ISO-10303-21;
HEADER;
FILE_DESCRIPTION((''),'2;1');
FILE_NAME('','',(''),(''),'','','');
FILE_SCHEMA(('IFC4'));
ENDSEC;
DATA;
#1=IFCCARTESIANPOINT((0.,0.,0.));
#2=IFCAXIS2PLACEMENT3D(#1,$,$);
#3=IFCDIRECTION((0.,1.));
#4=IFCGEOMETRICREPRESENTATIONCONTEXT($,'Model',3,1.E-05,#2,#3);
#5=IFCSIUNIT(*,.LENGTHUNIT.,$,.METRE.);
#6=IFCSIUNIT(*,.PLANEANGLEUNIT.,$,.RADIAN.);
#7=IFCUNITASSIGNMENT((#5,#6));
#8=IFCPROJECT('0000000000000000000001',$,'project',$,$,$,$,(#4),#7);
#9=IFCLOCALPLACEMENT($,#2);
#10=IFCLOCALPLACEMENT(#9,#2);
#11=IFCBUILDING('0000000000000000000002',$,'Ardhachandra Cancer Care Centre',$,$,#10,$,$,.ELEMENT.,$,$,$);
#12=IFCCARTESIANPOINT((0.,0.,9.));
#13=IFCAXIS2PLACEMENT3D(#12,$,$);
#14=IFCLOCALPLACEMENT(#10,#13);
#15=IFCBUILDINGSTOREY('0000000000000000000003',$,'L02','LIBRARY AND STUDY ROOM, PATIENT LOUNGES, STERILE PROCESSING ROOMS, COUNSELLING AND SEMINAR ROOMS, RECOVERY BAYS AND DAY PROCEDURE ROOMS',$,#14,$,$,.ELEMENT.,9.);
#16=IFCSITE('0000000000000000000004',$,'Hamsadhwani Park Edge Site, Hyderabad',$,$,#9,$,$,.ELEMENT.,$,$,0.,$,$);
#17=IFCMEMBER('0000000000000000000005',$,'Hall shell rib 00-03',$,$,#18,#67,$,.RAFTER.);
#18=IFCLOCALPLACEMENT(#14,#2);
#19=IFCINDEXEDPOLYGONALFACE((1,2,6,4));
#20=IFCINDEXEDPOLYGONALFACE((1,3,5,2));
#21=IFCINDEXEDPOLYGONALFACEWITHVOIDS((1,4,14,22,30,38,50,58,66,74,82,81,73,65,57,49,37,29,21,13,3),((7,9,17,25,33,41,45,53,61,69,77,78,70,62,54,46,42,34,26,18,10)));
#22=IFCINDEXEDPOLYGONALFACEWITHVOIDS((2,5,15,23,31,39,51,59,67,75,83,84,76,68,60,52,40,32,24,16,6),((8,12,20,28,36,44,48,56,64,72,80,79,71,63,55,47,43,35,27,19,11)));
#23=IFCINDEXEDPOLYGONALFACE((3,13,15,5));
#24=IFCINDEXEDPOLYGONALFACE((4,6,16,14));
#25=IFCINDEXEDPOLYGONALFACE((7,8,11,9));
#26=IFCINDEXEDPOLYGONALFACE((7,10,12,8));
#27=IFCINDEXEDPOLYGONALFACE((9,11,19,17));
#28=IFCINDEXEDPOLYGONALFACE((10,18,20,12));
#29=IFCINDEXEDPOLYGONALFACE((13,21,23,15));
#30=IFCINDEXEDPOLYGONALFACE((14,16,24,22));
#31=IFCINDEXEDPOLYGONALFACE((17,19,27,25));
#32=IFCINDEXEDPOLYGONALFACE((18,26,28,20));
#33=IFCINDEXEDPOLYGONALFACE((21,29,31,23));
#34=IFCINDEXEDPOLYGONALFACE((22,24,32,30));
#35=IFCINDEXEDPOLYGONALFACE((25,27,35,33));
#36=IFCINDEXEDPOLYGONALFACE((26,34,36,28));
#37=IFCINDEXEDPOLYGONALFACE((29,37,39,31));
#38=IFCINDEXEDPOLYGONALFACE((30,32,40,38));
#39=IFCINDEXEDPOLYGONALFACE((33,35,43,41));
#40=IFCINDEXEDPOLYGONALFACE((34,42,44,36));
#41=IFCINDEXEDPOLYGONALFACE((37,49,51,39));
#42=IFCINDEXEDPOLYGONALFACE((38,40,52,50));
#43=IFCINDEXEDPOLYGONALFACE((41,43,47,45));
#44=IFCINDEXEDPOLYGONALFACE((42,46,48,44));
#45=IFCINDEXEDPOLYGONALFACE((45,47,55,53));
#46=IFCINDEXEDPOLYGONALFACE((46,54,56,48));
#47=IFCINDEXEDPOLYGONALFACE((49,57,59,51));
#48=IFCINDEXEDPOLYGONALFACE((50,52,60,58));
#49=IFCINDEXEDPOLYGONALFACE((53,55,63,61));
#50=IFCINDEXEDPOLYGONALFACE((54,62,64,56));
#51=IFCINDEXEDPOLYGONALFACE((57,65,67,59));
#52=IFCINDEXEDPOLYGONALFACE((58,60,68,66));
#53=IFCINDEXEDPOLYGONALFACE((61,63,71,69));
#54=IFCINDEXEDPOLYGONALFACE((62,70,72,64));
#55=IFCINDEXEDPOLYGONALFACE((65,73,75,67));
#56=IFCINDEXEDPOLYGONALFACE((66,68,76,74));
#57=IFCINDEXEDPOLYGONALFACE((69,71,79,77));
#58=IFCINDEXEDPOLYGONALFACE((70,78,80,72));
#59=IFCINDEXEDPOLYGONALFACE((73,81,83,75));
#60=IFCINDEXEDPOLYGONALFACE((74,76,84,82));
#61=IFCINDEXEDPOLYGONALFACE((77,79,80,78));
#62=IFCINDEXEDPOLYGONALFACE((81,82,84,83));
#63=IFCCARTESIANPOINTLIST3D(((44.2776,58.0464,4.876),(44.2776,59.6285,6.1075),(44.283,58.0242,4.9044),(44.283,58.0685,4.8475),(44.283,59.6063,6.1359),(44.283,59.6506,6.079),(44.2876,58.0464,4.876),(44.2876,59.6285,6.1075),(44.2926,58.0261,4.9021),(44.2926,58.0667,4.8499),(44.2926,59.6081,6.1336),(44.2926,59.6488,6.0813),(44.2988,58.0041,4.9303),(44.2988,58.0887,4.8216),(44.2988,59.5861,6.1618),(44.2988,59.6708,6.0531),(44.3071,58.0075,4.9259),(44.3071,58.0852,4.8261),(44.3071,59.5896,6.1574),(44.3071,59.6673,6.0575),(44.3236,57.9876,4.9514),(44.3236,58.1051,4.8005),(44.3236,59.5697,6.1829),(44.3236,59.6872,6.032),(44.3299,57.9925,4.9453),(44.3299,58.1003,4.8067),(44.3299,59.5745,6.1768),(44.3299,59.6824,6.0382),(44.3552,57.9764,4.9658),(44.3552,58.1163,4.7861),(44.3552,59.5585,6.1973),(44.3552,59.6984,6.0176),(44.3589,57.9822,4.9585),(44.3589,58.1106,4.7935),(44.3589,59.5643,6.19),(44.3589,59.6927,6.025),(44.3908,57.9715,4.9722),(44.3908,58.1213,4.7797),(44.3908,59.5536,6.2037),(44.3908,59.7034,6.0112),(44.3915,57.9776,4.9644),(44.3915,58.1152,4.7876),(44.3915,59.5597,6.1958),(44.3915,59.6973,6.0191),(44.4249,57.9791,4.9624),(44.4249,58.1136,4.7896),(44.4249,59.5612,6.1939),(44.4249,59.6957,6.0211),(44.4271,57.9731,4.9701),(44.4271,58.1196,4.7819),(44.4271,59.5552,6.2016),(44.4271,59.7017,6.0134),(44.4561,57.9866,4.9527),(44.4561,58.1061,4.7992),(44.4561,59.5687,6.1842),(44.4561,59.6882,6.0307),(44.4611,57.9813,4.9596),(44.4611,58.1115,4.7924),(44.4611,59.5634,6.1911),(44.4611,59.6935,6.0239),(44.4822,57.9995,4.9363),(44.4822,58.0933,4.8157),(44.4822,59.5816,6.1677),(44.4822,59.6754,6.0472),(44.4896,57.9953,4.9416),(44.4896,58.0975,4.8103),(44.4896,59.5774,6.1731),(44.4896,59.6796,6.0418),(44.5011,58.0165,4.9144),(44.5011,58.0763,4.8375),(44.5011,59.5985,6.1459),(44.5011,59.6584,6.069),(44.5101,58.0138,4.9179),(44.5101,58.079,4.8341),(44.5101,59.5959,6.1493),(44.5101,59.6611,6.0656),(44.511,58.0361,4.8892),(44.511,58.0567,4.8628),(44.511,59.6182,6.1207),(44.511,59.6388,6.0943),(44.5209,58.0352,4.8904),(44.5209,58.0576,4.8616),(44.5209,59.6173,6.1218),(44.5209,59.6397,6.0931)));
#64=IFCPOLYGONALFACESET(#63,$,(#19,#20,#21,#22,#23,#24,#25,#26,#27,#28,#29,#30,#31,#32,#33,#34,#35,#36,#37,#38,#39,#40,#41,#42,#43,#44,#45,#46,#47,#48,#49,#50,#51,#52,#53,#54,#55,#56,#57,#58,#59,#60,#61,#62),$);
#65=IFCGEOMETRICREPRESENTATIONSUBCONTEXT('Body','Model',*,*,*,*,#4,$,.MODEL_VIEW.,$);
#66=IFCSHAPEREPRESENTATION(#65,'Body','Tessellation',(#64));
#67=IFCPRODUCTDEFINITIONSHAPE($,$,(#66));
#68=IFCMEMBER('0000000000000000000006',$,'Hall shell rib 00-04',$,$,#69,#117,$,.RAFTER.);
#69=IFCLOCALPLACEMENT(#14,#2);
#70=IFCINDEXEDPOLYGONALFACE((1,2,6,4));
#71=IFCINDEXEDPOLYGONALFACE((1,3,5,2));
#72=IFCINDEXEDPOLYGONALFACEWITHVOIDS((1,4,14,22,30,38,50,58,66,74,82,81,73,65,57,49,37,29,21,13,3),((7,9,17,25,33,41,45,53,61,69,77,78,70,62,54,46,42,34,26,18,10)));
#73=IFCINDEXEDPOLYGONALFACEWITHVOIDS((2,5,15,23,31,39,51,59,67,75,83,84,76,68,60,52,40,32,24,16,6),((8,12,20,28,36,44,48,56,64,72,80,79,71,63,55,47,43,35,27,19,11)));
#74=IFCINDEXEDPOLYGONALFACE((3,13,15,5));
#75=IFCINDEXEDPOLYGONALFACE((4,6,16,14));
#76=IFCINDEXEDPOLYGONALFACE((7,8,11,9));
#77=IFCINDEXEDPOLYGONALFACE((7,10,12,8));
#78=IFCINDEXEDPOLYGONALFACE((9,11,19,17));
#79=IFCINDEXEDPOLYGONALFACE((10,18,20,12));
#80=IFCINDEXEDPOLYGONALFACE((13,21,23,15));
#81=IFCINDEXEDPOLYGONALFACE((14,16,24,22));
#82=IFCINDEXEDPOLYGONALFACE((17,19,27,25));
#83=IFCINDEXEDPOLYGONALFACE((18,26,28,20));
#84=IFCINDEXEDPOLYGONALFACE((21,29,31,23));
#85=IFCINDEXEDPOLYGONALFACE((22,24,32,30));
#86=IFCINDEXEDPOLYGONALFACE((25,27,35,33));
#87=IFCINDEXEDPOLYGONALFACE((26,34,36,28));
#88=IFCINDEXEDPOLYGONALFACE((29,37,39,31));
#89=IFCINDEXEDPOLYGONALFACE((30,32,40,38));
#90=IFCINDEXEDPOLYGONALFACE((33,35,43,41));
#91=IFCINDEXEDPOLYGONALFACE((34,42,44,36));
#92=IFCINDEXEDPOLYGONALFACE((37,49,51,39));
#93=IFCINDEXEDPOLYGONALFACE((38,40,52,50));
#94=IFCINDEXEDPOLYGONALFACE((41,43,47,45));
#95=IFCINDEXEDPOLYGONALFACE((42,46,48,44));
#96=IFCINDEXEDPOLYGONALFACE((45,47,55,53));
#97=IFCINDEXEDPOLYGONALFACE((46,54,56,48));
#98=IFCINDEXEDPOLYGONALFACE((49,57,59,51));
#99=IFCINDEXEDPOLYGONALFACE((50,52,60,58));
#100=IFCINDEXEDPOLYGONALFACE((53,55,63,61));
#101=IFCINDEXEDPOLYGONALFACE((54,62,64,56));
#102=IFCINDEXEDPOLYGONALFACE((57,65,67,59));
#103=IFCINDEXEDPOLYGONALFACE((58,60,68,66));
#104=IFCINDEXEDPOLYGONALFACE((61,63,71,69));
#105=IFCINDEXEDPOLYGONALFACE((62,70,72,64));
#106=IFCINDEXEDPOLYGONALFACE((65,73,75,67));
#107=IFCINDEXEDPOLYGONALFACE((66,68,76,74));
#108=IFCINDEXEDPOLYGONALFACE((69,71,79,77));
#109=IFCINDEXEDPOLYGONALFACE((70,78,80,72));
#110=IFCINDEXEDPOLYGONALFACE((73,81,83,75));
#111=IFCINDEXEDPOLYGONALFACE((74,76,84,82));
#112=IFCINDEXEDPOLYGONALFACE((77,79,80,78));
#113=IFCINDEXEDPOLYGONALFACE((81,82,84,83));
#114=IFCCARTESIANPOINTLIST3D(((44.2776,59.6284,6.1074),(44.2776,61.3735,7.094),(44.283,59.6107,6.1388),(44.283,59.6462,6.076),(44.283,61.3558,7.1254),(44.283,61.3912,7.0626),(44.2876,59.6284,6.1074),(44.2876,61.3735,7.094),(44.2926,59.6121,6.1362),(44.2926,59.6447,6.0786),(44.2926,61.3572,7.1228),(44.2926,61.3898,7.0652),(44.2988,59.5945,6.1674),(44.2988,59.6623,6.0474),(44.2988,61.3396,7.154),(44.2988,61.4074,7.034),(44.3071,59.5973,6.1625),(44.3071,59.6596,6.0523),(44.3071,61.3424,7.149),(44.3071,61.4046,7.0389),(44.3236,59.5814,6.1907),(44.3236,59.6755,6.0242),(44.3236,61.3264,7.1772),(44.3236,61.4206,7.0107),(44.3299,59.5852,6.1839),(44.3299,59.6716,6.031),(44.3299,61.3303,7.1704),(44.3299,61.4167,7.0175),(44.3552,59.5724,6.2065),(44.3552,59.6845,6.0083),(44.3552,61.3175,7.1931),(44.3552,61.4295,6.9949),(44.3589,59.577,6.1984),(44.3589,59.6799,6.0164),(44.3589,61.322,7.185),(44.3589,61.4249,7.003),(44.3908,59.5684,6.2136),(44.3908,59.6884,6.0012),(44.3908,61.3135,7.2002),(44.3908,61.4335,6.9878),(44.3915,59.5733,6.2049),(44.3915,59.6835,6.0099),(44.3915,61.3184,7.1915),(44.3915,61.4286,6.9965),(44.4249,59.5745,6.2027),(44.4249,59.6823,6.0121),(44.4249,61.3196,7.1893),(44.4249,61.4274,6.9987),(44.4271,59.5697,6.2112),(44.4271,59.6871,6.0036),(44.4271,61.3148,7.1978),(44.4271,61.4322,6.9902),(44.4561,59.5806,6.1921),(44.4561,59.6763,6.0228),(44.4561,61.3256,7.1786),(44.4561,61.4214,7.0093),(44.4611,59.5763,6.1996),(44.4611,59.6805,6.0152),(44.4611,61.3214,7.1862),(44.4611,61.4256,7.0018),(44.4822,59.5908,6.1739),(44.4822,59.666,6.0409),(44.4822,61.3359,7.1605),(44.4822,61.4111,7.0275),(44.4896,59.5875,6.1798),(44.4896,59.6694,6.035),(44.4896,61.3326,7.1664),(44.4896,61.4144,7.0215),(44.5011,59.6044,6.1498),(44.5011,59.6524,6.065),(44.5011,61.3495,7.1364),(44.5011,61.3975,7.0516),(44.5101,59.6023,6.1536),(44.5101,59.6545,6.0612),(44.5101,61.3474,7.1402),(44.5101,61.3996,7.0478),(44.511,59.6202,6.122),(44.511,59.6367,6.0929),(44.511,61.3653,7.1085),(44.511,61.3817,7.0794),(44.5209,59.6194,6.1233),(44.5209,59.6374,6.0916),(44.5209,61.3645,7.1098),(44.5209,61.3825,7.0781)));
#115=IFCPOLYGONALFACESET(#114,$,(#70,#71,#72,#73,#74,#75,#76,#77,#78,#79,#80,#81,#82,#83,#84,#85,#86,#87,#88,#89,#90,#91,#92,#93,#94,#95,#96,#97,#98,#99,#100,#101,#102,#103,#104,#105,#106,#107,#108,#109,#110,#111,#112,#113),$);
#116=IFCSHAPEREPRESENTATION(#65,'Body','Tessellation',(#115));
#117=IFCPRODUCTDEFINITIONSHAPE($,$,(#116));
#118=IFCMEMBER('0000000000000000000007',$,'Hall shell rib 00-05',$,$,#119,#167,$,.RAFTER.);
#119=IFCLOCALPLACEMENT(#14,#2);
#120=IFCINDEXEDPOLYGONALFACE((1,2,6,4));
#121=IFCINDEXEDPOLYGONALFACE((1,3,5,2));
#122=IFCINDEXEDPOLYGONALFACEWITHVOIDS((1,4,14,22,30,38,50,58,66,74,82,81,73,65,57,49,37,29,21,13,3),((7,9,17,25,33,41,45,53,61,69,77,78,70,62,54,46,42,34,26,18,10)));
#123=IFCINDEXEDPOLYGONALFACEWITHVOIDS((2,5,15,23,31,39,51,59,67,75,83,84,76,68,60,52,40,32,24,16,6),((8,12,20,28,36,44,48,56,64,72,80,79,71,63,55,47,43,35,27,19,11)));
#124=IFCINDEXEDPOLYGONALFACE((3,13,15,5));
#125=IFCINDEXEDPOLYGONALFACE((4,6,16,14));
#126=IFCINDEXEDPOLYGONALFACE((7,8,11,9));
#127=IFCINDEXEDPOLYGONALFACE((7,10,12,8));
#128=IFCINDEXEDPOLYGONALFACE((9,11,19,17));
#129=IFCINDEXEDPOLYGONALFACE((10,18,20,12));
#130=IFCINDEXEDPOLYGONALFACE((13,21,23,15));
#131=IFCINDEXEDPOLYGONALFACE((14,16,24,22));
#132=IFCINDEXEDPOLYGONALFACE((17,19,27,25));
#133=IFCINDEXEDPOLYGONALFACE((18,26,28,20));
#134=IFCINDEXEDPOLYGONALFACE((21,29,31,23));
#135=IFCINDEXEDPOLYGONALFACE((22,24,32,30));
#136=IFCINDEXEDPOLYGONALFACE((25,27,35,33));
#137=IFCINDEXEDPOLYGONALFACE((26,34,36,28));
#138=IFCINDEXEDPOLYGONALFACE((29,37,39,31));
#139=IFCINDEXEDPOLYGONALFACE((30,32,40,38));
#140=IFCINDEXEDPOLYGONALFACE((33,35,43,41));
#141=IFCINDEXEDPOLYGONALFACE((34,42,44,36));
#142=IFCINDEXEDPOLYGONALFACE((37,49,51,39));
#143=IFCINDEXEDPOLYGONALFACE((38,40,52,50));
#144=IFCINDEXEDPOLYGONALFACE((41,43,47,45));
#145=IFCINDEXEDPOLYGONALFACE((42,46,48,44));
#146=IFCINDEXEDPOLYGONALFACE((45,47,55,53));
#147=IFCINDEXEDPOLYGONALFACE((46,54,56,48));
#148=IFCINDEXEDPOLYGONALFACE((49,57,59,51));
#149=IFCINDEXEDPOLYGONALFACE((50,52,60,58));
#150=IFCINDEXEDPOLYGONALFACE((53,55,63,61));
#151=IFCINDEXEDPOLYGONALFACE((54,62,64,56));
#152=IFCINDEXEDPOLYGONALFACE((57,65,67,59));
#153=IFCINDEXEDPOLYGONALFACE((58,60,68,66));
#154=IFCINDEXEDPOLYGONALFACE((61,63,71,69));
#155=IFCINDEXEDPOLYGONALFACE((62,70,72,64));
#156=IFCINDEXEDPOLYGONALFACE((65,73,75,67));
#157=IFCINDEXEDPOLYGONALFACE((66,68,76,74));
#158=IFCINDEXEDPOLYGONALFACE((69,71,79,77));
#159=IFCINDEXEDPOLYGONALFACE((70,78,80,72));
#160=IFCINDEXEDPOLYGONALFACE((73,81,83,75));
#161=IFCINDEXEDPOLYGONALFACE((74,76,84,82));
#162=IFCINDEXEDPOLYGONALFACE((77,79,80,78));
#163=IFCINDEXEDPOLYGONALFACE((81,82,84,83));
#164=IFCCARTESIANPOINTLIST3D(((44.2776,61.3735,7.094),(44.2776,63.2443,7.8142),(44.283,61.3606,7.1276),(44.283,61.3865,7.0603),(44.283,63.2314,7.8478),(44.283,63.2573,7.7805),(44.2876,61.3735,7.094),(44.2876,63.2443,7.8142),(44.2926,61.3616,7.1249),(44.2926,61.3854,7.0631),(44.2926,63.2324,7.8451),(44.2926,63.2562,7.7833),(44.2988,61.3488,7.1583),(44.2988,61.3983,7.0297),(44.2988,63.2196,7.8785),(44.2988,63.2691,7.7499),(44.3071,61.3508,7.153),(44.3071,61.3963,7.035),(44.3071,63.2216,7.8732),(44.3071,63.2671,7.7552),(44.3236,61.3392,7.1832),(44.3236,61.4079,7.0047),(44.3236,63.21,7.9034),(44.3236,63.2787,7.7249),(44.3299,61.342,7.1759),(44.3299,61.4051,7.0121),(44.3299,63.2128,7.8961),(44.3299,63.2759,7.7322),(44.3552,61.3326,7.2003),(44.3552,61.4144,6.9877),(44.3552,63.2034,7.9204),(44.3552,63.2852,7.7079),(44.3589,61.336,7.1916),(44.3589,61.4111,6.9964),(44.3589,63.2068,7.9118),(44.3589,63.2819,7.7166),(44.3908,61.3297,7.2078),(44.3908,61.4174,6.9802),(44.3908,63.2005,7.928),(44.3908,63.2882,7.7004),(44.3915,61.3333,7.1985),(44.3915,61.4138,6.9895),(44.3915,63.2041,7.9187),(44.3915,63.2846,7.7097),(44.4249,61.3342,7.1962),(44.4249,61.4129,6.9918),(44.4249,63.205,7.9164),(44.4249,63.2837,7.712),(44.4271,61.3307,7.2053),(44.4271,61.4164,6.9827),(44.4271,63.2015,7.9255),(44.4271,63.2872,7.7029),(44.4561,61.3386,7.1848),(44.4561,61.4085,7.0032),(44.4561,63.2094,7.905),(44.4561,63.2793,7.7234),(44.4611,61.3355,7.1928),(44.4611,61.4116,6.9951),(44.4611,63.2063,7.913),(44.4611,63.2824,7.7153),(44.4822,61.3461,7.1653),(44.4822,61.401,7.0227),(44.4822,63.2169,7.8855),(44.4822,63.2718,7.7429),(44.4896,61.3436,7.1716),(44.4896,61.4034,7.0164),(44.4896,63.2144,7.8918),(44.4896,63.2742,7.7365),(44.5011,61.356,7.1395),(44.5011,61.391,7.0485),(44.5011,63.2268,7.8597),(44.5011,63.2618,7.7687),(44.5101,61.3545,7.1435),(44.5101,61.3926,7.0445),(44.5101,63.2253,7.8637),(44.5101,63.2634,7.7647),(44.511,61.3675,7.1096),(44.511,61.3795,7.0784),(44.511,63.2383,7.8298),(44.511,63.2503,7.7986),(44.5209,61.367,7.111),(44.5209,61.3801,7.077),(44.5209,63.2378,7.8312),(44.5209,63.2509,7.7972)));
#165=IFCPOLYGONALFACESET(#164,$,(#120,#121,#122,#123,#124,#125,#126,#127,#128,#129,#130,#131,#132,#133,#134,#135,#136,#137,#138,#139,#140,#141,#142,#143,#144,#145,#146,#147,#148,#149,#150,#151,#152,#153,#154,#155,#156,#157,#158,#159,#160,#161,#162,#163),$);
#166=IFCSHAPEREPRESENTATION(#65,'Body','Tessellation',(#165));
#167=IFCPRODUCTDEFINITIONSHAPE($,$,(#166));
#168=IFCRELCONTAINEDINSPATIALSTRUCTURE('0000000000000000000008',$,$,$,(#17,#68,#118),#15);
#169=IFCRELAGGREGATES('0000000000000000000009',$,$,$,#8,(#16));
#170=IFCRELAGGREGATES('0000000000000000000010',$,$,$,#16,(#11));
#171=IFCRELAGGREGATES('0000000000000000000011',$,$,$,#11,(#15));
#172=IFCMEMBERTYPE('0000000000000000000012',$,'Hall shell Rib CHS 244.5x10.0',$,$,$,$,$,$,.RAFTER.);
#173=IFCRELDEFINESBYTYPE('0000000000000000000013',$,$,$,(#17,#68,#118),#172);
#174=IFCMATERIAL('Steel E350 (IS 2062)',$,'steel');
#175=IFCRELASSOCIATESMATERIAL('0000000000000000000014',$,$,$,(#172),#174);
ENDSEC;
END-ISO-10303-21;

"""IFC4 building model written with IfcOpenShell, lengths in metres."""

from ifc_helpers import new_model, si_unit, direction, frame, origin, origin_2d, place, context, subcontext, project, spatial, hollow_circle, extrude, material, material_profile, profile_set, type_object, element, save


model = new_model("IFC4")

# Units and contexts
model_context = context("Model", 3, precision=1e-05, world=origin(), true_north=direction((0.0, 1.0)))
body_context = subcontext(model_context, "Body", "Model", "MODEL_VIEW")
ifc_project = project(units=[si_unit("LENGTHUNIT", "METRE"), si_unit("PLANEANGLEUNIT", "RADIAN")], contexts=[model_context])

# Site, building, storey
site_placement = place(None, origin())
site = spatial("IfcSite", under=ifc_project, at=site_placement, Name="Hamsadhwani Park Edge Site, Hyderabad", CompositionType="ELEMENT", RefElevation=0.0)
building_placement = place(site_placement, origin())
building = spatial("IfcBuilding", under=site, at=building_placement, Name="Ardhachandra Cancer Care Centre", CompositionType="ELEMENT")
storey_placement = place(building_placement, frame((0.0, 0.0, 9.0)))
storey = spatial("IfcBuildingStorey", under=building, at=storey_placement, Name="L02", Description="LIBRARY AND STUDY ROOM, PATIENT LOUNGES, STERILE PROCESSING ROOMS, COUNSELLING AND SEMINAR ROOMS, RECOVERY BAYS AND DAY PROCEDURE ROOMS", CompositionType="ELEMENT", Elevation=9.0)

# Members
ifc_material_1 = material(Name="Steel E350 (IS 2062)", Category="steel")
ifc_material_profile_1 = material_profile(ifc_material_1, hollow_circle(Radius=0.1223, WallThickness=0.01, at=origin_2d()), Name="CHS 244.5x10.0")
ifc_profile_set_1 = profile_set([ifc_material_profile_1], Name="Steel E350 (IS 2062)")
member_type_1 = type_object("IfcMemberType", Name="Hall shell Rib CHS 244.5x10.0", PredefinedType="RAFTER", material=ifc_profile_set_1)
member_1_placement = place(storey_placement, frame((44.3999, 58.0464, 4.876), z_axis=(0.0, 0.789116, 0.614244), x_axis=(-1.0, 0.0, 0.0)))
element("IfcMember", 1, at=member_1_placement, inside=storey, type_object=member_type_1, Name="Hall shell rib 00-03", PredefinedType="RAFTER", context=body_context, shape_type="SweptSolid", body=[
    extrude(hollow_circle(Radius=0.1223, WallThickness=0.01, at=origin_2d()), origin(), (0.0, 0.0, 1.0), 2.0049),
])
for number, where, z_axis, x_axis, name in (
    (2, (44.3999, 59.6284, 6.1074), (0.0, 0.87052, 0.492134), (-1.0, 0.0, 0.0), "Hall shell rib 00-04"),
    (3, (44.3999, 61.3735, 7.094), (0.0, 0.933236, 0.359265), (-1.0, 0.0, 0.0), "Hall shell rib 00-05"),
):
    element("IfcMember", number, at=place(storey_placement, frame(where, z_axis=z_axis, x_axis=x_axis)), inside=storey, type_object=member_type_1, Name=name, PredefinedType="RAFTER", context=body_context, shape_type="SweptSolid", body=[
        extrude(hollow_circle(Radius=0.1223, WallThickness=0.01, at=origin_2d()), origin(), (0.0, 0.0, 1.0), 2.0046),
    ])

save(model, "model.ifc")
